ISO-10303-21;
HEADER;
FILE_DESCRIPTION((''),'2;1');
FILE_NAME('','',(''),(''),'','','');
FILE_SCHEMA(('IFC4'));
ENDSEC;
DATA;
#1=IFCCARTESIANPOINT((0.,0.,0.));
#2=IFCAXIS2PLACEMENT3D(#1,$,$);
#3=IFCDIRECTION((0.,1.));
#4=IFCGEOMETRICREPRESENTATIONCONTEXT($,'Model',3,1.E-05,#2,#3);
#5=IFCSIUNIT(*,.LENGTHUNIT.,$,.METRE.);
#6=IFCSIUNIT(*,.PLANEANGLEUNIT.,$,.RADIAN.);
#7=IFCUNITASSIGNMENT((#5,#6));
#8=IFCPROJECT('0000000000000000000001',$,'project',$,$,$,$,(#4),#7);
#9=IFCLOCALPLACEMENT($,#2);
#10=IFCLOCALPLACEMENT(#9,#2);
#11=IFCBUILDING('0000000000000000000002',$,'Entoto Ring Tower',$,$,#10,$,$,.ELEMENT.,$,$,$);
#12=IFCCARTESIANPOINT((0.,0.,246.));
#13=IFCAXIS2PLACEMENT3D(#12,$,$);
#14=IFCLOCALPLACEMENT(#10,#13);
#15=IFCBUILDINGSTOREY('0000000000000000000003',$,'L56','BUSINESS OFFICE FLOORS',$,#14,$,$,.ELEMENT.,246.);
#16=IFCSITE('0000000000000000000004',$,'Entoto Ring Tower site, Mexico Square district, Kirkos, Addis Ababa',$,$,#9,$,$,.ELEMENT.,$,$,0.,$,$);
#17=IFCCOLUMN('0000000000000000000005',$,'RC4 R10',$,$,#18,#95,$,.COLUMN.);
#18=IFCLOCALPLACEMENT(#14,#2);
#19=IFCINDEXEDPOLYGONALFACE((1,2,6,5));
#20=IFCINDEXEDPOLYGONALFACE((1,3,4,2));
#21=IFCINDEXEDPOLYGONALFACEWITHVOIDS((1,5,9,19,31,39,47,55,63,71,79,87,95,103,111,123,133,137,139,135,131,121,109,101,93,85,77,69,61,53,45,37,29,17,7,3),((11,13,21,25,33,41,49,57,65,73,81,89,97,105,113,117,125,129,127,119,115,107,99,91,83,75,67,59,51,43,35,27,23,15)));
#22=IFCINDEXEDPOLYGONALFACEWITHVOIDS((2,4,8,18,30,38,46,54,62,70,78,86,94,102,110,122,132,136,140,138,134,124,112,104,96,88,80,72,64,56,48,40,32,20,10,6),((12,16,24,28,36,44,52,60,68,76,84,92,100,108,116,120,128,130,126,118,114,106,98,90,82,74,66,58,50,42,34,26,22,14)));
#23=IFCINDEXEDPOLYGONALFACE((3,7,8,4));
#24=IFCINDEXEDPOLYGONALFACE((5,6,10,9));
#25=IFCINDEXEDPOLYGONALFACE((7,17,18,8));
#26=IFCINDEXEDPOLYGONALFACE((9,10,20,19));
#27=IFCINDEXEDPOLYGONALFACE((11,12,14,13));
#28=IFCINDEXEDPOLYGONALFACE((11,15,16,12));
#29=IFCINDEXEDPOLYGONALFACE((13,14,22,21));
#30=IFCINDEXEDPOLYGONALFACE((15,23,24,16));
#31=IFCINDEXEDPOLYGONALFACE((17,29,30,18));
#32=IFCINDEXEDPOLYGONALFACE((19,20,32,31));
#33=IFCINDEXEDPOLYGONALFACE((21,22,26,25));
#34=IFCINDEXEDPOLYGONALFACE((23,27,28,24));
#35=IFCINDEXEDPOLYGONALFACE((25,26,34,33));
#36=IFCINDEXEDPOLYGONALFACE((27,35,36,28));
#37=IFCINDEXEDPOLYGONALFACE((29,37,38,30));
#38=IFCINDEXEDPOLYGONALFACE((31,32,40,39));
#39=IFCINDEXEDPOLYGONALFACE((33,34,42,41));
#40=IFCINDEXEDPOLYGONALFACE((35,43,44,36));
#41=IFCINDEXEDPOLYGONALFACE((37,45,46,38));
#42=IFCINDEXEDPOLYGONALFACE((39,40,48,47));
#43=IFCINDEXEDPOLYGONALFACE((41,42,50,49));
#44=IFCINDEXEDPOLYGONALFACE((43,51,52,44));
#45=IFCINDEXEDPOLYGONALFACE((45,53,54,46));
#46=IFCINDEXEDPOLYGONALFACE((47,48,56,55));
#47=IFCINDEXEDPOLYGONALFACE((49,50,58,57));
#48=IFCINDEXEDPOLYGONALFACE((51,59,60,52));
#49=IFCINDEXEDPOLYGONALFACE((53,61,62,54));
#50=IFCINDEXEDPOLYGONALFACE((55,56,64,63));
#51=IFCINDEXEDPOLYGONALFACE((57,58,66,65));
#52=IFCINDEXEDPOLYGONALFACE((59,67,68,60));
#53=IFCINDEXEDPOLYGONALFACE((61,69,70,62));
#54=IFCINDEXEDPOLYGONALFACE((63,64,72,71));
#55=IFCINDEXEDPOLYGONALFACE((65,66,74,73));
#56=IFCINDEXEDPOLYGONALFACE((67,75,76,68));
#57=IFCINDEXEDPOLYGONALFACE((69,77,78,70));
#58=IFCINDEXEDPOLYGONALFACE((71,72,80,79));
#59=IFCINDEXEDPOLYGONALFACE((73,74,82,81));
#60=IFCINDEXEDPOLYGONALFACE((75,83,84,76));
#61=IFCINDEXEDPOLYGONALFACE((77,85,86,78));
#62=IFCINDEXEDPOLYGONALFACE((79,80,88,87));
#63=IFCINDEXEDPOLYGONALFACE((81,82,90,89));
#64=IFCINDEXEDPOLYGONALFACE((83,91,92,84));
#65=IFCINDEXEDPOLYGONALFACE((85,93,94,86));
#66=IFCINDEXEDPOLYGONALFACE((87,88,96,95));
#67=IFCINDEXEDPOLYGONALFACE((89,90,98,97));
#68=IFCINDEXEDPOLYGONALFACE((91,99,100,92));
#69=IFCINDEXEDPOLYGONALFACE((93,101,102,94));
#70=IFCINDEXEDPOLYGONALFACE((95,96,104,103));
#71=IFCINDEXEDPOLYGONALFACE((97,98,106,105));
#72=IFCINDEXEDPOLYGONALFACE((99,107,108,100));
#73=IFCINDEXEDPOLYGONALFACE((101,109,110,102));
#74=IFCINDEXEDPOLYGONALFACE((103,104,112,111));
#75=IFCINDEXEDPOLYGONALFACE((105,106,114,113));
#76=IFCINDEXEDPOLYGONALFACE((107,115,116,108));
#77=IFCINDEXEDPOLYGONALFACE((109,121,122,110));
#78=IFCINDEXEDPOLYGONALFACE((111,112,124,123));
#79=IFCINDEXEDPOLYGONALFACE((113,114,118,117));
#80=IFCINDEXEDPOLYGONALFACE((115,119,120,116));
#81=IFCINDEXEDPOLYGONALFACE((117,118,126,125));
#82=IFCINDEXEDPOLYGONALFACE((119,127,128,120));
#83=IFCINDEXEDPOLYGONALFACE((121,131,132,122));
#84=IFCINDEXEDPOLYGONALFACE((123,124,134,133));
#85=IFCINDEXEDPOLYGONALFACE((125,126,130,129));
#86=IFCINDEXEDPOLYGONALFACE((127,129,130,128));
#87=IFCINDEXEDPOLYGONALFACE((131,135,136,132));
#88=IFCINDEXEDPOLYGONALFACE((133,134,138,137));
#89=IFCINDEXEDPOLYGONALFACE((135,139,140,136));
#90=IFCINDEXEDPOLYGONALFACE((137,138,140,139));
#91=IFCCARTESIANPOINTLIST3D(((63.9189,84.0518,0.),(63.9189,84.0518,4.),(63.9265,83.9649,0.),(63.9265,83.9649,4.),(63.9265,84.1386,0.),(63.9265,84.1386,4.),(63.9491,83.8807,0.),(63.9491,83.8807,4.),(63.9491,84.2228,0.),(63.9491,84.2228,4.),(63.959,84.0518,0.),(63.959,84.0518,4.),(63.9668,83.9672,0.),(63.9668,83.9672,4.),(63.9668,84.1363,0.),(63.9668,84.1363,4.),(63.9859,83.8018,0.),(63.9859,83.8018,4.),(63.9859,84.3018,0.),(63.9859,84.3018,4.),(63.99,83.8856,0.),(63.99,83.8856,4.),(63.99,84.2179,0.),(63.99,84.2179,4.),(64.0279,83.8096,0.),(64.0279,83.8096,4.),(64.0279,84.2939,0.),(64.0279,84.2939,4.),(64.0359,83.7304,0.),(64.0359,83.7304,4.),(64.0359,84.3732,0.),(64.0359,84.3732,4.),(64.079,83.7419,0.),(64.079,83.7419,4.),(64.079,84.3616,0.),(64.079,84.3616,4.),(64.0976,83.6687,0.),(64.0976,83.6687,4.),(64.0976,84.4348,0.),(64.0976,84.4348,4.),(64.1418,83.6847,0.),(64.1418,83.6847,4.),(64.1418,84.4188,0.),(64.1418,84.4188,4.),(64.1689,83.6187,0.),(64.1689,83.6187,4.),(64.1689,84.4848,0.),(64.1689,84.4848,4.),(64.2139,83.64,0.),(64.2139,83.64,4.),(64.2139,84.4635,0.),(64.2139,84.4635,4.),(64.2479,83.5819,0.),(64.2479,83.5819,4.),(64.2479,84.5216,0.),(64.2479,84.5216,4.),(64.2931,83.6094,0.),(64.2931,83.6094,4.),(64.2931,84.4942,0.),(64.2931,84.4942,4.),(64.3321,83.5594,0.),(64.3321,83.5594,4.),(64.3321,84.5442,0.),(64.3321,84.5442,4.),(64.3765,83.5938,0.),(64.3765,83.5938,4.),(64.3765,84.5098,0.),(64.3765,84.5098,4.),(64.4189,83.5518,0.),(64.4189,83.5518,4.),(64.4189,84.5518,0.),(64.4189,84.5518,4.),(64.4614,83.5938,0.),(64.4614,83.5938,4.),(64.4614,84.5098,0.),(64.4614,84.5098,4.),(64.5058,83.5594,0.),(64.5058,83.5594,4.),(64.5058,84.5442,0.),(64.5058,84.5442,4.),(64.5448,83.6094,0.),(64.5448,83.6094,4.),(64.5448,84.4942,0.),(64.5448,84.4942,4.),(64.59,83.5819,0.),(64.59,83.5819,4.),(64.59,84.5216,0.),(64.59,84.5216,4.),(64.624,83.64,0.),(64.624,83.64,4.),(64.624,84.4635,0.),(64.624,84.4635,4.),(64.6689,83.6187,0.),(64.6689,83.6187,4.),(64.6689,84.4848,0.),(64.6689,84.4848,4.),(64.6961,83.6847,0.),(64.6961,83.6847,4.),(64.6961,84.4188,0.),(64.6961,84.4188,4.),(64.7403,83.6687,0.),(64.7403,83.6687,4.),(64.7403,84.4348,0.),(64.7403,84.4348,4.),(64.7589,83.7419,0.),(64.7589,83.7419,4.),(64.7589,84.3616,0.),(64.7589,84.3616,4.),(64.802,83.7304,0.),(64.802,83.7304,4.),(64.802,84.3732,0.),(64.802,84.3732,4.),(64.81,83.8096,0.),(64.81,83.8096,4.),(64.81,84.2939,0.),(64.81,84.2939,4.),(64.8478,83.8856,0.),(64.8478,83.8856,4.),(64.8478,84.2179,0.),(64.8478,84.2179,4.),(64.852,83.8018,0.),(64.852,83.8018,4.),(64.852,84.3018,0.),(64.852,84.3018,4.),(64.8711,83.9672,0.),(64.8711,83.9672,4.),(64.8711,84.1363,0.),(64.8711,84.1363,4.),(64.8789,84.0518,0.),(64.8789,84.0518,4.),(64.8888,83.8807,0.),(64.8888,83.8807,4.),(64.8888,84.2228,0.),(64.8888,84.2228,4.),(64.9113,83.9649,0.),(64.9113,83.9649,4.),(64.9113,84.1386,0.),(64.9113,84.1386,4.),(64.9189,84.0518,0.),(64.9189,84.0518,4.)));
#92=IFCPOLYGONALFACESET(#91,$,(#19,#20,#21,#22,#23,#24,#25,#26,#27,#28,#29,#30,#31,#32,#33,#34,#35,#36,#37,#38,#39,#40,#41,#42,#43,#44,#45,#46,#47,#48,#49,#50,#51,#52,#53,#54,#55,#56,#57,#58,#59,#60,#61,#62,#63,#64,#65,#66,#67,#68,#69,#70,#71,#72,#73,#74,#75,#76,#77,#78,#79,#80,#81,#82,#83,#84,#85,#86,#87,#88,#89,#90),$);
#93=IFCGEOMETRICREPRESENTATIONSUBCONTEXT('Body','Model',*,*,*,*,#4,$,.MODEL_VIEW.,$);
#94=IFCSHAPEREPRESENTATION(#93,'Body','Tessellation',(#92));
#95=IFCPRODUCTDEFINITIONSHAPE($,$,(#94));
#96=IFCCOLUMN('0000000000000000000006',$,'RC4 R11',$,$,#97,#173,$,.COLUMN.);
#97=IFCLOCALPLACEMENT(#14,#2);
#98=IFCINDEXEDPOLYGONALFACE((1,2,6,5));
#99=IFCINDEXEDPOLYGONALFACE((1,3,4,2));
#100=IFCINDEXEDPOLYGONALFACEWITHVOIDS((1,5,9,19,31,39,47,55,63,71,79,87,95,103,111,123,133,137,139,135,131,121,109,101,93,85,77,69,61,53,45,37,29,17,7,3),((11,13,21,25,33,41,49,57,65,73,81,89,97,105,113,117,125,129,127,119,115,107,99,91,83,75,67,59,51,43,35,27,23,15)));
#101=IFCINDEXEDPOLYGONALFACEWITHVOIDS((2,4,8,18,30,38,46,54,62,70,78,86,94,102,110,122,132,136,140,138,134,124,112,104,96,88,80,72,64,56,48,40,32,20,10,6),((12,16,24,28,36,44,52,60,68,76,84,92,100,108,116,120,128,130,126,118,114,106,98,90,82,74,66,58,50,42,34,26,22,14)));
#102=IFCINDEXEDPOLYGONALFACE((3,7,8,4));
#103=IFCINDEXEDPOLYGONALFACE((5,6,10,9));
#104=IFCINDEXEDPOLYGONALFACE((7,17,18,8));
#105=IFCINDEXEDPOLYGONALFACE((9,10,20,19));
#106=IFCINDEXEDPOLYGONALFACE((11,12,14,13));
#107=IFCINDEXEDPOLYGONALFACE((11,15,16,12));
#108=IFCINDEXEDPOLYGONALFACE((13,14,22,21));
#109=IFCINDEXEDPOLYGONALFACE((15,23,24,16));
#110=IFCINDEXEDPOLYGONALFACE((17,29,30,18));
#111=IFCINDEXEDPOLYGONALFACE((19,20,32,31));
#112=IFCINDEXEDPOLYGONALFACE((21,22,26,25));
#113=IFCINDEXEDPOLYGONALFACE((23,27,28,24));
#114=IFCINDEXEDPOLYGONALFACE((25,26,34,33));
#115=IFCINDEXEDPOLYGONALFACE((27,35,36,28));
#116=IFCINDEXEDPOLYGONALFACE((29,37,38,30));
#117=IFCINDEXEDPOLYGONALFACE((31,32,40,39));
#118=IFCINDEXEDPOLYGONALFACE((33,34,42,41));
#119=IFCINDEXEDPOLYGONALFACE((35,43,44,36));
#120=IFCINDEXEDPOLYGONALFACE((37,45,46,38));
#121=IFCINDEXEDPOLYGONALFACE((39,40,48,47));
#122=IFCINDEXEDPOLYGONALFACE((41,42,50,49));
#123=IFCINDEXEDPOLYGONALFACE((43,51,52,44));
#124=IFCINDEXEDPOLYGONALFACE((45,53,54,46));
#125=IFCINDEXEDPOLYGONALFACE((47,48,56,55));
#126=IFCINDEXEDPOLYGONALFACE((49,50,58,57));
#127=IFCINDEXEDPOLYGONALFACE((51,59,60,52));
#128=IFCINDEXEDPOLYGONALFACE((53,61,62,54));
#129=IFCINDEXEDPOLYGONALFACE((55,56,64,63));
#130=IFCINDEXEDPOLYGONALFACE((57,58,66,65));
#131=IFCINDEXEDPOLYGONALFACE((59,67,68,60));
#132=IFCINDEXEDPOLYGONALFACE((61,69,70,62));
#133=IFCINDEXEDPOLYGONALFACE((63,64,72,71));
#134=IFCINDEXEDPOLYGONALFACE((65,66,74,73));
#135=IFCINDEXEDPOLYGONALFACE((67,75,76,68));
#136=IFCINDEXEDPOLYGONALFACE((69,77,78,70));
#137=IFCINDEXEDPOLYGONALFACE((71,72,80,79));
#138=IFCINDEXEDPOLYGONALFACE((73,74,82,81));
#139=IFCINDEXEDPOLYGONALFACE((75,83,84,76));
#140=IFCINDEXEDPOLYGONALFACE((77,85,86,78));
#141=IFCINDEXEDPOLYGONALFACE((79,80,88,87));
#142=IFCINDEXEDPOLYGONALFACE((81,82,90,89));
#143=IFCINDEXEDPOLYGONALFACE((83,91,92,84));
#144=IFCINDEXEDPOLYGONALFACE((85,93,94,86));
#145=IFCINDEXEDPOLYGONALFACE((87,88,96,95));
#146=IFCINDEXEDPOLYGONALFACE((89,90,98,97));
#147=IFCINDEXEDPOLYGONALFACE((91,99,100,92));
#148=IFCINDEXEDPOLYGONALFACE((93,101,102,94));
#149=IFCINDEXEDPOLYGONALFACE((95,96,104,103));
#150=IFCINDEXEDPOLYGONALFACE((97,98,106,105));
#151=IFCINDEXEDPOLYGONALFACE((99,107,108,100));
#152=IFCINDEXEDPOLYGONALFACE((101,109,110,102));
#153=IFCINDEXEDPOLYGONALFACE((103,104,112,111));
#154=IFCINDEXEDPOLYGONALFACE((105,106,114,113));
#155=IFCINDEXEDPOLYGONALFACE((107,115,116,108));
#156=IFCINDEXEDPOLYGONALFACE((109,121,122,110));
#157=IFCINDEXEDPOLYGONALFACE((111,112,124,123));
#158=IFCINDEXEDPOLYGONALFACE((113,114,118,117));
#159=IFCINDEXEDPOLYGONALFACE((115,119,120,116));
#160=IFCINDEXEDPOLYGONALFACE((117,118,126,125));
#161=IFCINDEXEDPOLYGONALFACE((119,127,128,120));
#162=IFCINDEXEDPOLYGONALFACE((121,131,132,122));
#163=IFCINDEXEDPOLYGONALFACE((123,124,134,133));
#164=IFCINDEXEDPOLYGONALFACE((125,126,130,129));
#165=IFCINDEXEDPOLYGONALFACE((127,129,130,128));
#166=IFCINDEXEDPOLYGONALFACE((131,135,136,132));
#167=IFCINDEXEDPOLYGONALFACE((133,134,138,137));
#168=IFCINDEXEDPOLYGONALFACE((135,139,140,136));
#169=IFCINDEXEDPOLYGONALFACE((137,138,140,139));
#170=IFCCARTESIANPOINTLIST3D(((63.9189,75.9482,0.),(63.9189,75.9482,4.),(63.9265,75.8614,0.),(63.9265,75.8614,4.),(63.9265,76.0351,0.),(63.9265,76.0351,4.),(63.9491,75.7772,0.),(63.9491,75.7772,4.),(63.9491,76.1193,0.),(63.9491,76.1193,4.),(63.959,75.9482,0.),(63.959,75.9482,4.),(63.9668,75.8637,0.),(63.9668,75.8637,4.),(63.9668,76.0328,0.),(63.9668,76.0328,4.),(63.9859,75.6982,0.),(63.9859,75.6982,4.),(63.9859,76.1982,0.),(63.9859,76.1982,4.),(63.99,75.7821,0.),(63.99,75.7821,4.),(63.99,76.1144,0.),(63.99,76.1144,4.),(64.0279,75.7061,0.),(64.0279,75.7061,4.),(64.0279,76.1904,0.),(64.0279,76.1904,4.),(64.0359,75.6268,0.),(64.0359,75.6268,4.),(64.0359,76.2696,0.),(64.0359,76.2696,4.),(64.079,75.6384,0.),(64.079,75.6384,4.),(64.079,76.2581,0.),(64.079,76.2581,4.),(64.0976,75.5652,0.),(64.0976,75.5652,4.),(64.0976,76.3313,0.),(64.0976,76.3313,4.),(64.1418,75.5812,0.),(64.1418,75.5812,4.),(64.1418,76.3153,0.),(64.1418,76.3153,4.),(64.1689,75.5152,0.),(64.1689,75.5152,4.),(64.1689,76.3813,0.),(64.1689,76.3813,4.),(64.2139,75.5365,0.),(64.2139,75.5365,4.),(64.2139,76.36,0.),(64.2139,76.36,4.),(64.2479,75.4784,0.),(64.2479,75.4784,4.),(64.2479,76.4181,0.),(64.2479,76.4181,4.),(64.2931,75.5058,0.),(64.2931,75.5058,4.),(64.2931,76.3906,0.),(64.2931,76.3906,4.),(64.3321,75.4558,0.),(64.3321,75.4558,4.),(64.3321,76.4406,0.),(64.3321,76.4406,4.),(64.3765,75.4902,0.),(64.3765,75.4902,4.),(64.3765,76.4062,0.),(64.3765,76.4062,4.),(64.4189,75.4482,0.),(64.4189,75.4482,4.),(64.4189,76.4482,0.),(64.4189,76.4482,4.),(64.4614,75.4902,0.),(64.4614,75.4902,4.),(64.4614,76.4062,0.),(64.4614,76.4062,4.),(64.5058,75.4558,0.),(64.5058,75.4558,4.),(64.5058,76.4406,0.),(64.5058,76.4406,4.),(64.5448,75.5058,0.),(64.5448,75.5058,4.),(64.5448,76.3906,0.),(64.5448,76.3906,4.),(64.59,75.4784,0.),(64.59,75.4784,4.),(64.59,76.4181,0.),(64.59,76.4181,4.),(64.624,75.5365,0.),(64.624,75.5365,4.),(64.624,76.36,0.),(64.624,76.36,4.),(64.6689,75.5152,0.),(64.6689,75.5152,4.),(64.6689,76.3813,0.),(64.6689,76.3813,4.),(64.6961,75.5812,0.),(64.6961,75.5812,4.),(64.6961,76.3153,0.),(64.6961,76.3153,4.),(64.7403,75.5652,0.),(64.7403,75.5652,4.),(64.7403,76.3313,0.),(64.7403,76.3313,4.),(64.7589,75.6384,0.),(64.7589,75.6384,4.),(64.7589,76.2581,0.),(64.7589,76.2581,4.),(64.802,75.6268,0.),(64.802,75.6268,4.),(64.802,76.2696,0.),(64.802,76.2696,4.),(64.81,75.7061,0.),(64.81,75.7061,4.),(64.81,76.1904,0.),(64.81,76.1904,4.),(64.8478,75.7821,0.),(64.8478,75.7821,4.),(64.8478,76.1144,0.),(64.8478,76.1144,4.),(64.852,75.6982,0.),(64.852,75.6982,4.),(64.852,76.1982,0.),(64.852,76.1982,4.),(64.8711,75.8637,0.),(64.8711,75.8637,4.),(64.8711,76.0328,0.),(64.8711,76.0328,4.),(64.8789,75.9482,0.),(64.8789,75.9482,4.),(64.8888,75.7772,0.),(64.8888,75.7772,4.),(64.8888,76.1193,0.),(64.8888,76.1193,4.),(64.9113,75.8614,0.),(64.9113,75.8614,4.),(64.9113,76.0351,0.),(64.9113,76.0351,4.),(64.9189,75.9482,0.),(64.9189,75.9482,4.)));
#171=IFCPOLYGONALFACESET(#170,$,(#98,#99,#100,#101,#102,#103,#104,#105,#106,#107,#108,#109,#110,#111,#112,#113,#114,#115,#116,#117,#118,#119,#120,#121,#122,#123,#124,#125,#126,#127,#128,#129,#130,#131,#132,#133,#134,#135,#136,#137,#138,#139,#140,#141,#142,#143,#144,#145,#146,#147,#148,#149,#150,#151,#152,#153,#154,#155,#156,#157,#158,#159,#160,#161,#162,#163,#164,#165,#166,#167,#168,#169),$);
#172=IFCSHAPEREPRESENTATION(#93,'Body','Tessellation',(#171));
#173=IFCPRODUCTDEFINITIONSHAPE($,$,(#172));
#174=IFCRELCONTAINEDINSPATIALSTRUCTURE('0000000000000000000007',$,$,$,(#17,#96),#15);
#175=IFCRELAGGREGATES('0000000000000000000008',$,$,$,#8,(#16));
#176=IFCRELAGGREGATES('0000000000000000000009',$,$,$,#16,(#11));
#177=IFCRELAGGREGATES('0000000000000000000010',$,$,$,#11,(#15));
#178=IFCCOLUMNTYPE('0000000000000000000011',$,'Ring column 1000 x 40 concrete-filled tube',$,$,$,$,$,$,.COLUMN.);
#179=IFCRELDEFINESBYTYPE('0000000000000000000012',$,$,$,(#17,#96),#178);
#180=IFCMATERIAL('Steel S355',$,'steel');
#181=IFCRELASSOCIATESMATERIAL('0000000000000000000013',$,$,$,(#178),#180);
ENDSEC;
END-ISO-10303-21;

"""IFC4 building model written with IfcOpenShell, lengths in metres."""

from ifc_helpers import new_model, si_unit, direction, frame, origin, origin_2d, place, context, subcontext, project, spatial, circle, hollow_circle, extrude, material, material_profile, profile_set, type_object, element, save


model = new_model("IFC4")

# Units and contexts
model_context = context("Model", 3, precision=1e-05, world=origin(), true_north=direction((0.0, 1.0)))
body_context = subcontext(model_context, "Body", "Model", "MODEL_VIEW")
ifc_project = project(units=[si_unit("LENGTHUNIT", "METRE"), si_unit("PLANEANGLEUNIT", "RADIAN")], contexts=[model_context])

# Site, building, storey
site_placement = place(None, origin())
site = spatial("IfcSite", under=ifc_project, at=site_placement, Name="Entoto Ring Tower site, Mexico Square district, Kirkos, Addis Ababa", CompositionType="ELEMENT", RefElevation=0.0)
building_placement = place(site_placement, origin())
building = spatial("IfcBuilding", under=site, at=building_placement, Name="Entoto Ring Tower", CompositionType="ELEMENT")
storey_placement = place(building_placement, frame((0.0, 0.0, 246.0)))
storey = spatial("IfcBuildingStorey", under=building, at=storey_placement, Name="L56", Description="BUSINESS OFFICE FLOORS", CompositionType="ELEMENT", Elevation=246.0)

# Columns
ifc_material_1 = material(Name="Steel S355", Category="steel")
ifc_material_profile_1 = material_profile(ifc_material_1, hollow_circle(Radius=0.5, WallThickness=0.04, at=origin_2d()), Name="CHS 1000 x 40")
ifc_material_2 = material(Name="Concrete C60/75", Category="concrete")
ifc_material_profile_2 = material_profile(ifc_material_2, circle(Radius=0.46, at=origin_2d()), Name="Concrete C60/75 infill")
ifc_profile_set_1 = profile_set([ifc_material_profile_1, ifc_material_profile_2], Name="Steel S355")
column_type = type_object("IfcColumnType", Name="Ring column 1000 x 40 concrete-filled tube", PredefinedType="COLUMN", material=ifc_profile_set_1)
for number, where, z_axis, x_axis, name in (
    (1, (64.4189, 84.0518, 0.0), (0.0, 0.0, 1.0), (1.0, 0.0, 0.0), "RC4 R10"),
    (2, (64.4189, 75.9482, 0.0), (0.0, 0.0, 1.0), (1.0, 0.0, 0.0), "RC4 R11"),
):
    element("IfcColumn", number, at=place(storey_placement, frame(where, z_axis=z_axis, x_axis=x_axis)), inside=storey, type_object=column_type, Name=name, PredefinedType="COLUMN", context=body_context, shape_type="SweptSolid", body=[
        extrude(hollow_circle(Radius=0.5, WallThickness=0.04, at=origin_2d()), origin(), (0.0, 0.0, 1.0), 4.0),
    ])

save(model, "model.ifc")
